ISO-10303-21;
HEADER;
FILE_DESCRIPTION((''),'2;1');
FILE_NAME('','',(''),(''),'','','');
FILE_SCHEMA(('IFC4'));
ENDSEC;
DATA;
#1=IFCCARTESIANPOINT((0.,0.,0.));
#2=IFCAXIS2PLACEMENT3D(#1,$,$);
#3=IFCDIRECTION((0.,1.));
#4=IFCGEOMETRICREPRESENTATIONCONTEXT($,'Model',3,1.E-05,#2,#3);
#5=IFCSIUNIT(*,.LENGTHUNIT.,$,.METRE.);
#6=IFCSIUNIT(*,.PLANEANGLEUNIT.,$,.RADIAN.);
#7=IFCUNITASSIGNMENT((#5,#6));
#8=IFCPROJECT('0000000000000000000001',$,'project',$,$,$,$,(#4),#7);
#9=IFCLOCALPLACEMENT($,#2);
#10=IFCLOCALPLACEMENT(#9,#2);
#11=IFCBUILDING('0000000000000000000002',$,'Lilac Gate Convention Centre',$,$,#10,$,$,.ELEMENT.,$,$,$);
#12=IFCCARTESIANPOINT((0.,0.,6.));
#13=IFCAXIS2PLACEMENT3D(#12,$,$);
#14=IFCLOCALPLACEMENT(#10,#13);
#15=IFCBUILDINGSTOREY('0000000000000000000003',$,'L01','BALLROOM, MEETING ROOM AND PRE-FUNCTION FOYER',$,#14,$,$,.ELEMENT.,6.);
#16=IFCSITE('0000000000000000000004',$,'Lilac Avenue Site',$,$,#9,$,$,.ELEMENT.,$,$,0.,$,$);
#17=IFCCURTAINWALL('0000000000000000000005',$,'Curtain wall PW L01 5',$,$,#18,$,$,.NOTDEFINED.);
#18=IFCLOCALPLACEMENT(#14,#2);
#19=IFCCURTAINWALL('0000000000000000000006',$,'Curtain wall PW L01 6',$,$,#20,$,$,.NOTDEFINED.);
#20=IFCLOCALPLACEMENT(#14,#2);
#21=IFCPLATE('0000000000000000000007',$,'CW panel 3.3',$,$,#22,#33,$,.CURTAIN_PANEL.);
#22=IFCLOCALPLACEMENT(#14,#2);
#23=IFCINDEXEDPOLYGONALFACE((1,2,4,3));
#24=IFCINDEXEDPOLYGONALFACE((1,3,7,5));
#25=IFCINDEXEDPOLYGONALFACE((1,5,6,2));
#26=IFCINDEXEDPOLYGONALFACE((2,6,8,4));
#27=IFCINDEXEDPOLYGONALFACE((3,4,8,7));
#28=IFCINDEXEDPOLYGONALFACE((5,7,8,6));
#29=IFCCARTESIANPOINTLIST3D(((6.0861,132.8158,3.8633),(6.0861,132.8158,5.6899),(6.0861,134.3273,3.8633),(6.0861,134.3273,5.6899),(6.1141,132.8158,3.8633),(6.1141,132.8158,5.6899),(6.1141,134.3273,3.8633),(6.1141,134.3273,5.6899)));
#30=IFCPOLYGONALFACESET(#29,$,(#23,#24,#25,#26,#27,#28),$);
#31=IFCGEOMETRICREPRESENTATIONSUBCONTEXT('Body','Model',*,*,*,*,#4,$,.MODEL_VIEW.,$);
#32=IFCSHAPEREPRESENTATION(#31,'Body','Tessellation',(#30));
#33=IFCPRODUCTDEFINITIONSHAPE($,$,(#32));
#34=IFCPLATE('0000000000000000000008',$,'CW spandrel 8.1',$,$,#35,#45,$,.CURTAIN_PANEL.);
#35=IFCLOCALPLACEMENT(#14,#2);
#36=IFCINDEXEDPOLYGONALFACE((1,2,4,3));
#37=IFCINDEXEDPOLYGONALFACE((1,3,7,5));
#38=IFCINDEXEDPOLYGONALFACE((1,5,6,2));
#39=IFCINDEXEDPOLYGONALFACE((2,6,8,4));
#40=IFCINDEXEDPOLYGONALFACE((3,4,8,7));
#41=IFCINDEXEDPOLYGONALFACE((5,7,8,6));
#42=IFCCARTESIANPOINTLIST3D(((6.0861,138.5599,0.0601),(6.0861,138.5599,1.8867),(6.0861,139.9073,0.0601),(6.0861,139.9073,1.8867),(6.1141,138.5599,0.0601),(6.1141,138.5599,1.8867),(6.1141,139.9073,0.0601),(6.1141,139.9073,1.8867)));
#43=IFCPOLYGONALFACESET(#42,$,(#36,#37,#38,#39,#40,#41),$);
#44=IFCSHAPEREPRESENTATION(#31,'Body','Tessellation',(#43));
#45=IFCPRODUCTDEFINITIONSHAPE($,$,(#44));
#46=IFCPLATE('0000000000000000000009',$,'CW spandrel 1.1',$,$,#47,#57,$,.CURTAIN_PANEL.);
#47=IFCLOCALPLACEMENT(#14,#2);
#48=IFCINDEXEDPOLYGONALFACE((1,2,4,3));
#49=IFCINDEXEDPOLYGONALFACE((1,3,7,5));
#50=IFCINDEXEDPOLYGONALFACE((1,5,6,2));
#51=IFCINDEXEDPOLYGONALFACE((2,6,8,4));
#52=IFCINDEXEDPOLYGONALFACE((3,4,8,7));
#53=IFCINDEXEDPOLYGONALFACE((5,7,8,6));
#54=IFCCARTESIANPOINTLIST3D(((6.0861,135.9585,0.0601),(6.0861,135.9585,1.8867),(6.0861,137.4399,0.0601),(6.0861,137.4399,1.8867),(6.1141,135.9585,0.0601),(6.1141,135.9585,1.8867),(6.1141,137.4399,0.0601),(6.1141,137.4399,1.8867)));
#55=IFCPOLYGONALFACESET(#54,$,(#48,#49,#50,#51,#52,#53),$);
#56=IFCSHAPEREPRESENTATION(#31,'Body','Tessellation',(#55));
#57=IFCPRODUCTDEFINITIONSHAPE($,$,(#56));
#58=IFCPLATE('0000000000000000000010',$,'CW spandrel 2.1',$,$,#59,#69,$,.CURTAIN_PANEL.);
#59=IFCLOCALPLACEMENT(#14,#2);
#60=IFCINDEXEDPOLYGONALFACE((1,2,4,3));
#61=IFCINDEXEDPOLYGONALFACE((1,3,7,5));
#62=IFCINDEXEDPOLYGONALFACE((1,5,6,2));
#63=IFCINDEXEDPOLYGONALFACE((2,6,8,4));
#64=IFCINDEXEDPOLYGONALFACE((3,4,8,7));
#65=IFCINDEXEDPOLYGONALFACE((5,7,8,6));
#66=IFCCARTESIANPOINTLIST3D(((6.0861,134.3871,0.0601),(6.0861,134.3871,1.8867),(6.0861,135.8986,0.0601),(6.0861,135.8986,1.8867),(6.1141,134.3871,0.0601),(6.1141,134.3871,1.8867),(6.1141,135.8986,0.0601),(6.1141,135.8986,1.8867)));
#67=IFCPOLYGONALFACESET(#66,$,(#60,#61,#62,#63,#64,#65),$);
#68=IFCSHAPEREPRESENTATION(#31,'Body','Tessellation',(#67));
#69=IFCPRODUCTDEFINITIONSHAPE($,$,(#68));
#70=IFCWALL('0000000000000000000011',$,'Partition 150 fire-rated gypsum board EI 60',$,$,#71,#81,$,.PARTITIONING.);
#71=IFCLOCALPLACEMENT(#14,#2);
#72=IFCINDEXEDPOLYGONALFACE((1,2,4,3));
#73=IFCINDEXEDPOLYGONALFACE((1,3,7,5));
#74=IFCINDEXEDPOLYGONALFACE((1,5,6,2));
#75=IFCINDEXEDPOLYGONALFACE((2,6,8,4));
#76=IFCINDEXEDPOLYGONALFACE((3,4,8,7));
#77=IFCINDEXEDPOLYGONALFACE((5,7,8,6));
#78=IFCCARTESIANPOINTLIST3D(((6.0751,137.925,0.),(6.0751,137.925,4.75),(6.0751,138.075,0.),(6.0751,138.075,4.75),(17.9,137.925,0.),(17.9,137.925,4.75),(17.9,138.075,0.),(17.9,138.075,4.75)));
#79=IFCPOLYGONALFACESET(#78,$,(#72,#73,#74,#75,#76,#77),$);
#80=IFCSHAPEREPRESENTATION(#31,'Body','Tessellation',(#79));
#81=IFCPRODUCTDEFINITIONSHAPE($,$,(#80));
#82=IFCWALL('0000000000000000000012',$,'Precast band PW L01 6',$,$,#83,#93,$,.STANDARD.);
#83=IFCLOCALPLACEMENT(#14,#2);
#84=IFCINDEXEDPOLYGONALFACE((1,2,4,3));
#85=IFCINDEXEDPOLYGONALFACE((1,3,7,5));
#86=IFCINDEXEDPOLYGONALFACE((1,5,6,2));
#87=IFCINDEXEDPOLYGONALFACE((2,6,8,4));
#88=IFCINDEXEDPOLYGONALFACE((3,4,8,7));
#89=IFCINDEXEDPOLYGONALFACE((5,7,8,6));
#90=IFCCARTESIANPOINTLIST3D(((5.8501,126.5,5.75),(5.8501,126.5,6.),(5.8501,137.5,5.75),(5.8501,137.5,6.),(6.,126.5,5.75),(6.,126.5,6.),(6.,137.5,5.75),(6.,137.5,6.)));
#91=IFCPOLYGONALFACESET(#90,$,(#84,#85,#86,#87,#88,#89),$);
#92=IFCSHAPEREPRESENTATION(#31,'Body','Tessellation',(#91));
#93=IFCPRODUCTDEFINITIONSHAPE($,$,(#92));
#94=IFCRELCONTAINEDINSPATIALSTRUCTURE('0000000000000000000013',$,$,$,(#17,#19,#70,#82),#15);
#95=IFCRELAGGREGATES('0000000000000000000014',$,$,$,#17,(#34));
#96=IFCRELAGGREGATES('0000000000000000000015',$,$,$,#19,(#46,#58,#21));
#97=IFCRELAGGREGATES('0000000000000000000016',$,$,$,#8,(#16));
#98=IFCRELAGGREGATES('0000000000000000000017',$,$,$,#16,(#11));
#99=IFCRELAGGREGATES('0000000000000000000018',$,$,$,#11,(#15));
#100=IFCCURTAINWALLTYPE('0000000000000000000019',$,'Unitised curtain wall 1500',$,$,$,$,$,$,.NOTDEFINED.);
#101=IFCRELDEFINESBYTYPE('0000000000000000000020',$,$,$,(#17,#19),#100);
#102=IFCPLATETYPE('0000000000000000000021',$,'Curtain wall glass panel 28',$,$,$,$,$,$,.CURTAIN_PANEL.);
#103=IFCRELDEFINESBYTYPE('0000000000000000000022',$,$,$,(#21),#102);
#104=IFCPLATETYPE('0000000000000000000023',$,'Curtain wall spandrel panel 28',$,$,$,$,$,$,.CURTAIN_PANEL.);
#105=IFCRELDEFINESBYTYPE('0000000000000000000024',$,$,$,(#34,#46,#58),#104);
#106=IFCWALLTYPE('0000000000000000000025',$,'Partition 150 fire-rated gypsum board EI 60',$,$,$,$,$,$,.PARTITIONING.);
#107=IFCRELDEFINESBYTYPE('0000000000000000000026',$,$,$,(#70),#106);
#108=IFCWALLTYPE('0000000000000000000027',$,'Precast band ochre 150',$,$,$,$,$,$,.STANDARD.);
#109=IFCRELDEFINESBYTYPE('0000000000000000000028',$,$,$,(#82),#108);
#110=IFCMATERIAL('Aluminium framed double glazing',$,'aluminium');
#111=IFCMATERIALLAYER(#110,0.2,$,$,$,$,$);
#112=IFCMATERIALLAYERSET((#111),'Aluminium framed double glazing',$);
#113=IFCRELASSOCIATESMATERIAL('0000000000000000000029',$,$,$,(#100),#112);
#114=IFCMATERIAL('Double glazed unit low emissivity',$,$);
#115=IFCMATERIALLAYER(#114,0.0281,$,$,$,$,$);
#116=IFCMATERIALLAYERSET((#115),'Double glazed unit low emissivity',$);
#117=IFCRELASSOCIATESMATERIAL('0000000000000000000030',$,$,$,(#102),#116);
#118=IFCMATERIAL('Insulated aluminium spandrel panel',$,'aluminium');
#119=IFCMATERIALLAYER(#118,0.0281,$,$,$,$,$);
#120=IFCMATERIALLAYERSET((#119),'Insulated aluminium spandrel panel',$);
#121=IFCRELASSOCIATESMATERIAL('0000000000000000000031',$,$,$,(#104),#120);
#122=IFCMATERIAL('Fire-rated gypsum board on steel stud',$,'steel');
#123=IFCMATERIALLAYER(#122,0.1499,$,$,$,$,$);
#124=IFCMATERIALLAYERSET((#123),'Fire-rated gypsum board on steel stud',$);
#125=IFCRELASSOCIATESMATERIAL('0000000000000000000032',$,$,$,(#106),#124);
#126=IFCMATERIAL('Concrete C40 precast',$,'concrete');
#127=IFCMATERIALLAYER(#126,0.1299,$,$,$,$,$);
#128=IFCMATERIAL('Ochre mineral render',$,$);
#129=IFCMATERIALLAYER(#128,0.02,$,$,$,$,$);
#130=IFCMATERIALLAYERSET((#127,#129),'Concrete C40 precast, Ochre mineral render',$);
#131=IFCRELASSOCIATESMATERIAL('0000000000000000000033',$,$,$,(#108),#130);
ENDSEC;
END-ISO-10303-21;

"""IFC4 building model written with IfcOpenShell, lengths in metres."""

from ifc_helpers import new_model, si_unit, direction, frame, frame_2d, origin, origin_2d, place, context, subcontext, project, spatial, rectangle, extrude, material, layer, layer_set, type_object, element, aggregate, save


model = new_model("IFC4")

# Units and contexts
model_context = context("Model", 3, precision=1e-05, world=origin(), true_north=direction((0.0, 1.0)))
body_context = subcontext(model_context, "Body", "Model", "MODEL_VIEW")
ifc_project = project(units=[si_unit("LENGTHUNIT", "METRE"), si_unit("PLANEANGLEUNIT", "RADIAN")], contexts=[model_context])

# Site, building, storey
site_placement = place(None, origin())
site = spatial("IfcSite", under=ifc_project, at=site_placement, Name="Lilac Avenue Site", CompositionType="ELEMENT", RefElevation=0.0)
building_placement = place(site_placement, origin())
building = spatial("IfcBuilding", under=site, at=building_placement, Name="Lilac Gate Convention Centre", CompositionType="ELEMENT")
storey_placement = place(building_placement, frame((0.0, 0.0, 6.0)))
storey = spatial("IfcBuildingStorey", under=building, at=storey_placement, Name="L01", Description="BALLROOM, MEETING ROOM AND PRE-FUNCTION FOYER", CompositionType="ELEMENT", Elevation=6.0)

# Curtain wall
ifc_material_1 = material(Name="Aluminium framed double glazing", Category="aluminium")
ifc_layer_1 = layer(ifc_material_1, 0.2)
ifc_layer_set_1 = layer_set([ifc_layer_1], Name="Aluminium framed double glazing")
curtain_wall_type = type_object("IfcCurtainWallType", Name="Unitised curtain wall 1500", PredefinedType="NOTDEFINED", material=ifc_layer_set_1)
curtain_wall_1_placement = place(storey_placement, origin())
curtain_wall_1 = element("IfcCurtainWall", 1, at=curtain_wall_1_placement, inside=storey, type_object=curtain_wall_type, Name="Curtain wall PW L01 5", PredefinedType="NOTDEFINED")

# Curtain wall
curtain_wall_2_placement = place(storey_placement, origin())
curtain_wall_2 = element("IfcCurtainWall", 2, at=curtain_wall_2_placement, inside=storey, type_object=curtain_wall_type, Name="Curtain wall PW L01 6", PredefinedType="NOTDEFINED")

# Plates
ifc_material_2 = material(Name="Double glazed unit low emissivity")
ifc_layer_2 = layer(ifc_material_2, 0.0281)
ifc_layer_set_2 = layer_set([ifc_layer_2], Name="Double glazed unit low emissivity")
plate_type_1 = type_object("IfcPlateType", Name="Curtain wall glass panel 28", PredefinedType="CURTAIN_PANEL", material=ifc_layer_set_2)
plate_1_placement = place(storey_placement, frame((6.1001, 133.5715, 3.8633), z_axis=(0.0, 0.0, 1.0), x_axis=(0.0, -1.0, 0.0)))
plate_1 = element("IfcPlate", 3, at=plate_1_placement, type_object=plate_type_1, Name="CW panel 3.3", PredefinedType="CURTAIN_PANEL", context=body_context, shape_type="SweptSolid", body=[
    extrude(rectangle(XDim=1.5115, YDim=0.0281, at=origin_2d()), origin(), (0.0, 0.0, 1.0), 1.8267),
])
ifc_material_3 = material(Name="Insulated aluminium spandrel panel", Category="aluminium")
ifc_layer_3 = layer(ifc_material_3, 0.0281)
ifc_layer_set_3 = layer_set([ifc_layer_3], Name="Insulated aluminium spandrel panel")
plate_type_2 = type_object("IfcPlateType", Name="Curtain wall spandrel panel 28", PredefinedType="CURTAIN_PANEL", material=ifc_layer_set_3)
plate_2_placement = place(storey_placement, frame((6.1001, 139.2336, 0.0601), z_axis=(0.0, 0.0, 1.0), x_axis=(0.0, -1.0, 0.0)))
plate_2 = element("IfcPlate", 4, at=plate_2_placement, type_object=plate_type_2, Name="CW spandrel 8.1", PredefinedType="CURTAIN_PANEL", context=body_context, shape_type="SweptSolid", body=[
    extrude(rectangle(XDim=1.3474, YDim=0.0281, at=origin_2d()), origin(), (0.0, 0.0, 1.0), 1.8267),
])
aggregate(curtain_wall_1, [plate_2])
plate_3_placement = place(storey_placement, frame((6.1001, 136.6992, 0.0601), z_axis=(0.0, 0.0, 1.0), x_axis=(0.0, -1.0, 0.0)))
plate_3 = element("IfcPlate", 5, at=plate_3_placement, type_object=plate_type_2, Name="CW spandrel 1.1", PredefinedType="CURTAIN_PANEL", context=body_context, shape_type="SweptSolid", body=[
    extrude(rectangle(XDim=1.4814, YDim=0.0281, at=origin_2d()), origin(), (0.0, 0.0, 1.0), 1.8267),
])
plate_4_placement = place(storey_placement, frame((6.1001, 135.1428, 0.0601), z_axis=(0.0, 0.0, 1.0), x_axis=(0.0, -1.0, 0.0)))
plate_4 = element("IfcPlate", 6, at=plate_4_placement, type_object=plate_type_2, Name="CW spandrel 2.1", PredefinedType="CURTAIN_PANEL", context=body_context, shape_type="SweptSolid", body=[
    extrude(rectangle(XDim=1.5115, YDim=0.0281, at=origin_2d()), origin(), (0.0, 0.0, 1.0), 1.8267),
])
aggregate(curtain_wall_2, [plate_3, plate_4, plate_1])

# Walls
ifc_material_4 = material(Name="Fire-rated gypsum board on steel stud", Category="steel")
ifc_layer_4 = layer(ifc_material_4, 0.1499)
ifc_layer_set_4 = layer_set([ifc_layer_4], Name="Fire-rated gypsum board on steel stud")
wall_type_1 = type_object("IfcWallType", Name="Partition 150 fire-rated gypsum board EI 60", PredefinedType="PARTITIONING", material=ifc_layer_set_4)
wall_1_placement = place(storey_placement, frame((6.075, 138.0, 0.0), z_axis=(0.0, 0.0, 1.0), x_axis=(1.0, 0.0, 0.0)))
element("IfcWall", 7, at=wall_1_placement, inside=storey, type_object=wall_type_1, Name="Partition 150 fire-rated gypsum board EI 60", PredefinedType="PARTITIONING", context=body_context, shape_type="SweptSolid", body=[
    extrude(rectangle(XDim=11.825, YDim=0.1499, at=frame_2d((5.9126, 0.0))), origin(), (0.0, 0.0, 1.0), 4.75),
])
ifc_material_5 = material(Name="Concrete C40 precast", Category="concrete")
ifc_layer_5 = layer(ifc_material_5, 0.1299)
ifc_material_6 = material(Name="Ochre mineral render")
ifc_layer_6 = layer(ifc_material_6, 0.02)
ifc_layer_set_5 = layer_set([ifc_layer_5, ifc_layer_6], Name="Concrete C40 precast, Ochre mineral render")
wall_type_2 = type_object("IfcWallType", Name="Precast band ochre 150", PredefinedType="STANDARD", material=ifc_layer_set_5)
wall_2_placement = place(storey_placement, frame((5.925, 137.5, 5.75), z_axis=(0.0, 0.0, 1.0), x_axis=(0.0, -1.0, 0.0)))
element("IfcWall", 8, at=wall_2_placement, inside=storey, type_object=wall_type_2, Name="Precast band PW L01 6", PredefinedType="STANDARD", context=body_context, shape_type="SweptSolid", body=[
    extrude(rectangle(XDim=11.0, YDim=0.1499, at=frame_2d((5.5, 0.0))), origin(), (0.0, 0.0, 1.0), 0.25),
])

save(model, "model.ifc")
